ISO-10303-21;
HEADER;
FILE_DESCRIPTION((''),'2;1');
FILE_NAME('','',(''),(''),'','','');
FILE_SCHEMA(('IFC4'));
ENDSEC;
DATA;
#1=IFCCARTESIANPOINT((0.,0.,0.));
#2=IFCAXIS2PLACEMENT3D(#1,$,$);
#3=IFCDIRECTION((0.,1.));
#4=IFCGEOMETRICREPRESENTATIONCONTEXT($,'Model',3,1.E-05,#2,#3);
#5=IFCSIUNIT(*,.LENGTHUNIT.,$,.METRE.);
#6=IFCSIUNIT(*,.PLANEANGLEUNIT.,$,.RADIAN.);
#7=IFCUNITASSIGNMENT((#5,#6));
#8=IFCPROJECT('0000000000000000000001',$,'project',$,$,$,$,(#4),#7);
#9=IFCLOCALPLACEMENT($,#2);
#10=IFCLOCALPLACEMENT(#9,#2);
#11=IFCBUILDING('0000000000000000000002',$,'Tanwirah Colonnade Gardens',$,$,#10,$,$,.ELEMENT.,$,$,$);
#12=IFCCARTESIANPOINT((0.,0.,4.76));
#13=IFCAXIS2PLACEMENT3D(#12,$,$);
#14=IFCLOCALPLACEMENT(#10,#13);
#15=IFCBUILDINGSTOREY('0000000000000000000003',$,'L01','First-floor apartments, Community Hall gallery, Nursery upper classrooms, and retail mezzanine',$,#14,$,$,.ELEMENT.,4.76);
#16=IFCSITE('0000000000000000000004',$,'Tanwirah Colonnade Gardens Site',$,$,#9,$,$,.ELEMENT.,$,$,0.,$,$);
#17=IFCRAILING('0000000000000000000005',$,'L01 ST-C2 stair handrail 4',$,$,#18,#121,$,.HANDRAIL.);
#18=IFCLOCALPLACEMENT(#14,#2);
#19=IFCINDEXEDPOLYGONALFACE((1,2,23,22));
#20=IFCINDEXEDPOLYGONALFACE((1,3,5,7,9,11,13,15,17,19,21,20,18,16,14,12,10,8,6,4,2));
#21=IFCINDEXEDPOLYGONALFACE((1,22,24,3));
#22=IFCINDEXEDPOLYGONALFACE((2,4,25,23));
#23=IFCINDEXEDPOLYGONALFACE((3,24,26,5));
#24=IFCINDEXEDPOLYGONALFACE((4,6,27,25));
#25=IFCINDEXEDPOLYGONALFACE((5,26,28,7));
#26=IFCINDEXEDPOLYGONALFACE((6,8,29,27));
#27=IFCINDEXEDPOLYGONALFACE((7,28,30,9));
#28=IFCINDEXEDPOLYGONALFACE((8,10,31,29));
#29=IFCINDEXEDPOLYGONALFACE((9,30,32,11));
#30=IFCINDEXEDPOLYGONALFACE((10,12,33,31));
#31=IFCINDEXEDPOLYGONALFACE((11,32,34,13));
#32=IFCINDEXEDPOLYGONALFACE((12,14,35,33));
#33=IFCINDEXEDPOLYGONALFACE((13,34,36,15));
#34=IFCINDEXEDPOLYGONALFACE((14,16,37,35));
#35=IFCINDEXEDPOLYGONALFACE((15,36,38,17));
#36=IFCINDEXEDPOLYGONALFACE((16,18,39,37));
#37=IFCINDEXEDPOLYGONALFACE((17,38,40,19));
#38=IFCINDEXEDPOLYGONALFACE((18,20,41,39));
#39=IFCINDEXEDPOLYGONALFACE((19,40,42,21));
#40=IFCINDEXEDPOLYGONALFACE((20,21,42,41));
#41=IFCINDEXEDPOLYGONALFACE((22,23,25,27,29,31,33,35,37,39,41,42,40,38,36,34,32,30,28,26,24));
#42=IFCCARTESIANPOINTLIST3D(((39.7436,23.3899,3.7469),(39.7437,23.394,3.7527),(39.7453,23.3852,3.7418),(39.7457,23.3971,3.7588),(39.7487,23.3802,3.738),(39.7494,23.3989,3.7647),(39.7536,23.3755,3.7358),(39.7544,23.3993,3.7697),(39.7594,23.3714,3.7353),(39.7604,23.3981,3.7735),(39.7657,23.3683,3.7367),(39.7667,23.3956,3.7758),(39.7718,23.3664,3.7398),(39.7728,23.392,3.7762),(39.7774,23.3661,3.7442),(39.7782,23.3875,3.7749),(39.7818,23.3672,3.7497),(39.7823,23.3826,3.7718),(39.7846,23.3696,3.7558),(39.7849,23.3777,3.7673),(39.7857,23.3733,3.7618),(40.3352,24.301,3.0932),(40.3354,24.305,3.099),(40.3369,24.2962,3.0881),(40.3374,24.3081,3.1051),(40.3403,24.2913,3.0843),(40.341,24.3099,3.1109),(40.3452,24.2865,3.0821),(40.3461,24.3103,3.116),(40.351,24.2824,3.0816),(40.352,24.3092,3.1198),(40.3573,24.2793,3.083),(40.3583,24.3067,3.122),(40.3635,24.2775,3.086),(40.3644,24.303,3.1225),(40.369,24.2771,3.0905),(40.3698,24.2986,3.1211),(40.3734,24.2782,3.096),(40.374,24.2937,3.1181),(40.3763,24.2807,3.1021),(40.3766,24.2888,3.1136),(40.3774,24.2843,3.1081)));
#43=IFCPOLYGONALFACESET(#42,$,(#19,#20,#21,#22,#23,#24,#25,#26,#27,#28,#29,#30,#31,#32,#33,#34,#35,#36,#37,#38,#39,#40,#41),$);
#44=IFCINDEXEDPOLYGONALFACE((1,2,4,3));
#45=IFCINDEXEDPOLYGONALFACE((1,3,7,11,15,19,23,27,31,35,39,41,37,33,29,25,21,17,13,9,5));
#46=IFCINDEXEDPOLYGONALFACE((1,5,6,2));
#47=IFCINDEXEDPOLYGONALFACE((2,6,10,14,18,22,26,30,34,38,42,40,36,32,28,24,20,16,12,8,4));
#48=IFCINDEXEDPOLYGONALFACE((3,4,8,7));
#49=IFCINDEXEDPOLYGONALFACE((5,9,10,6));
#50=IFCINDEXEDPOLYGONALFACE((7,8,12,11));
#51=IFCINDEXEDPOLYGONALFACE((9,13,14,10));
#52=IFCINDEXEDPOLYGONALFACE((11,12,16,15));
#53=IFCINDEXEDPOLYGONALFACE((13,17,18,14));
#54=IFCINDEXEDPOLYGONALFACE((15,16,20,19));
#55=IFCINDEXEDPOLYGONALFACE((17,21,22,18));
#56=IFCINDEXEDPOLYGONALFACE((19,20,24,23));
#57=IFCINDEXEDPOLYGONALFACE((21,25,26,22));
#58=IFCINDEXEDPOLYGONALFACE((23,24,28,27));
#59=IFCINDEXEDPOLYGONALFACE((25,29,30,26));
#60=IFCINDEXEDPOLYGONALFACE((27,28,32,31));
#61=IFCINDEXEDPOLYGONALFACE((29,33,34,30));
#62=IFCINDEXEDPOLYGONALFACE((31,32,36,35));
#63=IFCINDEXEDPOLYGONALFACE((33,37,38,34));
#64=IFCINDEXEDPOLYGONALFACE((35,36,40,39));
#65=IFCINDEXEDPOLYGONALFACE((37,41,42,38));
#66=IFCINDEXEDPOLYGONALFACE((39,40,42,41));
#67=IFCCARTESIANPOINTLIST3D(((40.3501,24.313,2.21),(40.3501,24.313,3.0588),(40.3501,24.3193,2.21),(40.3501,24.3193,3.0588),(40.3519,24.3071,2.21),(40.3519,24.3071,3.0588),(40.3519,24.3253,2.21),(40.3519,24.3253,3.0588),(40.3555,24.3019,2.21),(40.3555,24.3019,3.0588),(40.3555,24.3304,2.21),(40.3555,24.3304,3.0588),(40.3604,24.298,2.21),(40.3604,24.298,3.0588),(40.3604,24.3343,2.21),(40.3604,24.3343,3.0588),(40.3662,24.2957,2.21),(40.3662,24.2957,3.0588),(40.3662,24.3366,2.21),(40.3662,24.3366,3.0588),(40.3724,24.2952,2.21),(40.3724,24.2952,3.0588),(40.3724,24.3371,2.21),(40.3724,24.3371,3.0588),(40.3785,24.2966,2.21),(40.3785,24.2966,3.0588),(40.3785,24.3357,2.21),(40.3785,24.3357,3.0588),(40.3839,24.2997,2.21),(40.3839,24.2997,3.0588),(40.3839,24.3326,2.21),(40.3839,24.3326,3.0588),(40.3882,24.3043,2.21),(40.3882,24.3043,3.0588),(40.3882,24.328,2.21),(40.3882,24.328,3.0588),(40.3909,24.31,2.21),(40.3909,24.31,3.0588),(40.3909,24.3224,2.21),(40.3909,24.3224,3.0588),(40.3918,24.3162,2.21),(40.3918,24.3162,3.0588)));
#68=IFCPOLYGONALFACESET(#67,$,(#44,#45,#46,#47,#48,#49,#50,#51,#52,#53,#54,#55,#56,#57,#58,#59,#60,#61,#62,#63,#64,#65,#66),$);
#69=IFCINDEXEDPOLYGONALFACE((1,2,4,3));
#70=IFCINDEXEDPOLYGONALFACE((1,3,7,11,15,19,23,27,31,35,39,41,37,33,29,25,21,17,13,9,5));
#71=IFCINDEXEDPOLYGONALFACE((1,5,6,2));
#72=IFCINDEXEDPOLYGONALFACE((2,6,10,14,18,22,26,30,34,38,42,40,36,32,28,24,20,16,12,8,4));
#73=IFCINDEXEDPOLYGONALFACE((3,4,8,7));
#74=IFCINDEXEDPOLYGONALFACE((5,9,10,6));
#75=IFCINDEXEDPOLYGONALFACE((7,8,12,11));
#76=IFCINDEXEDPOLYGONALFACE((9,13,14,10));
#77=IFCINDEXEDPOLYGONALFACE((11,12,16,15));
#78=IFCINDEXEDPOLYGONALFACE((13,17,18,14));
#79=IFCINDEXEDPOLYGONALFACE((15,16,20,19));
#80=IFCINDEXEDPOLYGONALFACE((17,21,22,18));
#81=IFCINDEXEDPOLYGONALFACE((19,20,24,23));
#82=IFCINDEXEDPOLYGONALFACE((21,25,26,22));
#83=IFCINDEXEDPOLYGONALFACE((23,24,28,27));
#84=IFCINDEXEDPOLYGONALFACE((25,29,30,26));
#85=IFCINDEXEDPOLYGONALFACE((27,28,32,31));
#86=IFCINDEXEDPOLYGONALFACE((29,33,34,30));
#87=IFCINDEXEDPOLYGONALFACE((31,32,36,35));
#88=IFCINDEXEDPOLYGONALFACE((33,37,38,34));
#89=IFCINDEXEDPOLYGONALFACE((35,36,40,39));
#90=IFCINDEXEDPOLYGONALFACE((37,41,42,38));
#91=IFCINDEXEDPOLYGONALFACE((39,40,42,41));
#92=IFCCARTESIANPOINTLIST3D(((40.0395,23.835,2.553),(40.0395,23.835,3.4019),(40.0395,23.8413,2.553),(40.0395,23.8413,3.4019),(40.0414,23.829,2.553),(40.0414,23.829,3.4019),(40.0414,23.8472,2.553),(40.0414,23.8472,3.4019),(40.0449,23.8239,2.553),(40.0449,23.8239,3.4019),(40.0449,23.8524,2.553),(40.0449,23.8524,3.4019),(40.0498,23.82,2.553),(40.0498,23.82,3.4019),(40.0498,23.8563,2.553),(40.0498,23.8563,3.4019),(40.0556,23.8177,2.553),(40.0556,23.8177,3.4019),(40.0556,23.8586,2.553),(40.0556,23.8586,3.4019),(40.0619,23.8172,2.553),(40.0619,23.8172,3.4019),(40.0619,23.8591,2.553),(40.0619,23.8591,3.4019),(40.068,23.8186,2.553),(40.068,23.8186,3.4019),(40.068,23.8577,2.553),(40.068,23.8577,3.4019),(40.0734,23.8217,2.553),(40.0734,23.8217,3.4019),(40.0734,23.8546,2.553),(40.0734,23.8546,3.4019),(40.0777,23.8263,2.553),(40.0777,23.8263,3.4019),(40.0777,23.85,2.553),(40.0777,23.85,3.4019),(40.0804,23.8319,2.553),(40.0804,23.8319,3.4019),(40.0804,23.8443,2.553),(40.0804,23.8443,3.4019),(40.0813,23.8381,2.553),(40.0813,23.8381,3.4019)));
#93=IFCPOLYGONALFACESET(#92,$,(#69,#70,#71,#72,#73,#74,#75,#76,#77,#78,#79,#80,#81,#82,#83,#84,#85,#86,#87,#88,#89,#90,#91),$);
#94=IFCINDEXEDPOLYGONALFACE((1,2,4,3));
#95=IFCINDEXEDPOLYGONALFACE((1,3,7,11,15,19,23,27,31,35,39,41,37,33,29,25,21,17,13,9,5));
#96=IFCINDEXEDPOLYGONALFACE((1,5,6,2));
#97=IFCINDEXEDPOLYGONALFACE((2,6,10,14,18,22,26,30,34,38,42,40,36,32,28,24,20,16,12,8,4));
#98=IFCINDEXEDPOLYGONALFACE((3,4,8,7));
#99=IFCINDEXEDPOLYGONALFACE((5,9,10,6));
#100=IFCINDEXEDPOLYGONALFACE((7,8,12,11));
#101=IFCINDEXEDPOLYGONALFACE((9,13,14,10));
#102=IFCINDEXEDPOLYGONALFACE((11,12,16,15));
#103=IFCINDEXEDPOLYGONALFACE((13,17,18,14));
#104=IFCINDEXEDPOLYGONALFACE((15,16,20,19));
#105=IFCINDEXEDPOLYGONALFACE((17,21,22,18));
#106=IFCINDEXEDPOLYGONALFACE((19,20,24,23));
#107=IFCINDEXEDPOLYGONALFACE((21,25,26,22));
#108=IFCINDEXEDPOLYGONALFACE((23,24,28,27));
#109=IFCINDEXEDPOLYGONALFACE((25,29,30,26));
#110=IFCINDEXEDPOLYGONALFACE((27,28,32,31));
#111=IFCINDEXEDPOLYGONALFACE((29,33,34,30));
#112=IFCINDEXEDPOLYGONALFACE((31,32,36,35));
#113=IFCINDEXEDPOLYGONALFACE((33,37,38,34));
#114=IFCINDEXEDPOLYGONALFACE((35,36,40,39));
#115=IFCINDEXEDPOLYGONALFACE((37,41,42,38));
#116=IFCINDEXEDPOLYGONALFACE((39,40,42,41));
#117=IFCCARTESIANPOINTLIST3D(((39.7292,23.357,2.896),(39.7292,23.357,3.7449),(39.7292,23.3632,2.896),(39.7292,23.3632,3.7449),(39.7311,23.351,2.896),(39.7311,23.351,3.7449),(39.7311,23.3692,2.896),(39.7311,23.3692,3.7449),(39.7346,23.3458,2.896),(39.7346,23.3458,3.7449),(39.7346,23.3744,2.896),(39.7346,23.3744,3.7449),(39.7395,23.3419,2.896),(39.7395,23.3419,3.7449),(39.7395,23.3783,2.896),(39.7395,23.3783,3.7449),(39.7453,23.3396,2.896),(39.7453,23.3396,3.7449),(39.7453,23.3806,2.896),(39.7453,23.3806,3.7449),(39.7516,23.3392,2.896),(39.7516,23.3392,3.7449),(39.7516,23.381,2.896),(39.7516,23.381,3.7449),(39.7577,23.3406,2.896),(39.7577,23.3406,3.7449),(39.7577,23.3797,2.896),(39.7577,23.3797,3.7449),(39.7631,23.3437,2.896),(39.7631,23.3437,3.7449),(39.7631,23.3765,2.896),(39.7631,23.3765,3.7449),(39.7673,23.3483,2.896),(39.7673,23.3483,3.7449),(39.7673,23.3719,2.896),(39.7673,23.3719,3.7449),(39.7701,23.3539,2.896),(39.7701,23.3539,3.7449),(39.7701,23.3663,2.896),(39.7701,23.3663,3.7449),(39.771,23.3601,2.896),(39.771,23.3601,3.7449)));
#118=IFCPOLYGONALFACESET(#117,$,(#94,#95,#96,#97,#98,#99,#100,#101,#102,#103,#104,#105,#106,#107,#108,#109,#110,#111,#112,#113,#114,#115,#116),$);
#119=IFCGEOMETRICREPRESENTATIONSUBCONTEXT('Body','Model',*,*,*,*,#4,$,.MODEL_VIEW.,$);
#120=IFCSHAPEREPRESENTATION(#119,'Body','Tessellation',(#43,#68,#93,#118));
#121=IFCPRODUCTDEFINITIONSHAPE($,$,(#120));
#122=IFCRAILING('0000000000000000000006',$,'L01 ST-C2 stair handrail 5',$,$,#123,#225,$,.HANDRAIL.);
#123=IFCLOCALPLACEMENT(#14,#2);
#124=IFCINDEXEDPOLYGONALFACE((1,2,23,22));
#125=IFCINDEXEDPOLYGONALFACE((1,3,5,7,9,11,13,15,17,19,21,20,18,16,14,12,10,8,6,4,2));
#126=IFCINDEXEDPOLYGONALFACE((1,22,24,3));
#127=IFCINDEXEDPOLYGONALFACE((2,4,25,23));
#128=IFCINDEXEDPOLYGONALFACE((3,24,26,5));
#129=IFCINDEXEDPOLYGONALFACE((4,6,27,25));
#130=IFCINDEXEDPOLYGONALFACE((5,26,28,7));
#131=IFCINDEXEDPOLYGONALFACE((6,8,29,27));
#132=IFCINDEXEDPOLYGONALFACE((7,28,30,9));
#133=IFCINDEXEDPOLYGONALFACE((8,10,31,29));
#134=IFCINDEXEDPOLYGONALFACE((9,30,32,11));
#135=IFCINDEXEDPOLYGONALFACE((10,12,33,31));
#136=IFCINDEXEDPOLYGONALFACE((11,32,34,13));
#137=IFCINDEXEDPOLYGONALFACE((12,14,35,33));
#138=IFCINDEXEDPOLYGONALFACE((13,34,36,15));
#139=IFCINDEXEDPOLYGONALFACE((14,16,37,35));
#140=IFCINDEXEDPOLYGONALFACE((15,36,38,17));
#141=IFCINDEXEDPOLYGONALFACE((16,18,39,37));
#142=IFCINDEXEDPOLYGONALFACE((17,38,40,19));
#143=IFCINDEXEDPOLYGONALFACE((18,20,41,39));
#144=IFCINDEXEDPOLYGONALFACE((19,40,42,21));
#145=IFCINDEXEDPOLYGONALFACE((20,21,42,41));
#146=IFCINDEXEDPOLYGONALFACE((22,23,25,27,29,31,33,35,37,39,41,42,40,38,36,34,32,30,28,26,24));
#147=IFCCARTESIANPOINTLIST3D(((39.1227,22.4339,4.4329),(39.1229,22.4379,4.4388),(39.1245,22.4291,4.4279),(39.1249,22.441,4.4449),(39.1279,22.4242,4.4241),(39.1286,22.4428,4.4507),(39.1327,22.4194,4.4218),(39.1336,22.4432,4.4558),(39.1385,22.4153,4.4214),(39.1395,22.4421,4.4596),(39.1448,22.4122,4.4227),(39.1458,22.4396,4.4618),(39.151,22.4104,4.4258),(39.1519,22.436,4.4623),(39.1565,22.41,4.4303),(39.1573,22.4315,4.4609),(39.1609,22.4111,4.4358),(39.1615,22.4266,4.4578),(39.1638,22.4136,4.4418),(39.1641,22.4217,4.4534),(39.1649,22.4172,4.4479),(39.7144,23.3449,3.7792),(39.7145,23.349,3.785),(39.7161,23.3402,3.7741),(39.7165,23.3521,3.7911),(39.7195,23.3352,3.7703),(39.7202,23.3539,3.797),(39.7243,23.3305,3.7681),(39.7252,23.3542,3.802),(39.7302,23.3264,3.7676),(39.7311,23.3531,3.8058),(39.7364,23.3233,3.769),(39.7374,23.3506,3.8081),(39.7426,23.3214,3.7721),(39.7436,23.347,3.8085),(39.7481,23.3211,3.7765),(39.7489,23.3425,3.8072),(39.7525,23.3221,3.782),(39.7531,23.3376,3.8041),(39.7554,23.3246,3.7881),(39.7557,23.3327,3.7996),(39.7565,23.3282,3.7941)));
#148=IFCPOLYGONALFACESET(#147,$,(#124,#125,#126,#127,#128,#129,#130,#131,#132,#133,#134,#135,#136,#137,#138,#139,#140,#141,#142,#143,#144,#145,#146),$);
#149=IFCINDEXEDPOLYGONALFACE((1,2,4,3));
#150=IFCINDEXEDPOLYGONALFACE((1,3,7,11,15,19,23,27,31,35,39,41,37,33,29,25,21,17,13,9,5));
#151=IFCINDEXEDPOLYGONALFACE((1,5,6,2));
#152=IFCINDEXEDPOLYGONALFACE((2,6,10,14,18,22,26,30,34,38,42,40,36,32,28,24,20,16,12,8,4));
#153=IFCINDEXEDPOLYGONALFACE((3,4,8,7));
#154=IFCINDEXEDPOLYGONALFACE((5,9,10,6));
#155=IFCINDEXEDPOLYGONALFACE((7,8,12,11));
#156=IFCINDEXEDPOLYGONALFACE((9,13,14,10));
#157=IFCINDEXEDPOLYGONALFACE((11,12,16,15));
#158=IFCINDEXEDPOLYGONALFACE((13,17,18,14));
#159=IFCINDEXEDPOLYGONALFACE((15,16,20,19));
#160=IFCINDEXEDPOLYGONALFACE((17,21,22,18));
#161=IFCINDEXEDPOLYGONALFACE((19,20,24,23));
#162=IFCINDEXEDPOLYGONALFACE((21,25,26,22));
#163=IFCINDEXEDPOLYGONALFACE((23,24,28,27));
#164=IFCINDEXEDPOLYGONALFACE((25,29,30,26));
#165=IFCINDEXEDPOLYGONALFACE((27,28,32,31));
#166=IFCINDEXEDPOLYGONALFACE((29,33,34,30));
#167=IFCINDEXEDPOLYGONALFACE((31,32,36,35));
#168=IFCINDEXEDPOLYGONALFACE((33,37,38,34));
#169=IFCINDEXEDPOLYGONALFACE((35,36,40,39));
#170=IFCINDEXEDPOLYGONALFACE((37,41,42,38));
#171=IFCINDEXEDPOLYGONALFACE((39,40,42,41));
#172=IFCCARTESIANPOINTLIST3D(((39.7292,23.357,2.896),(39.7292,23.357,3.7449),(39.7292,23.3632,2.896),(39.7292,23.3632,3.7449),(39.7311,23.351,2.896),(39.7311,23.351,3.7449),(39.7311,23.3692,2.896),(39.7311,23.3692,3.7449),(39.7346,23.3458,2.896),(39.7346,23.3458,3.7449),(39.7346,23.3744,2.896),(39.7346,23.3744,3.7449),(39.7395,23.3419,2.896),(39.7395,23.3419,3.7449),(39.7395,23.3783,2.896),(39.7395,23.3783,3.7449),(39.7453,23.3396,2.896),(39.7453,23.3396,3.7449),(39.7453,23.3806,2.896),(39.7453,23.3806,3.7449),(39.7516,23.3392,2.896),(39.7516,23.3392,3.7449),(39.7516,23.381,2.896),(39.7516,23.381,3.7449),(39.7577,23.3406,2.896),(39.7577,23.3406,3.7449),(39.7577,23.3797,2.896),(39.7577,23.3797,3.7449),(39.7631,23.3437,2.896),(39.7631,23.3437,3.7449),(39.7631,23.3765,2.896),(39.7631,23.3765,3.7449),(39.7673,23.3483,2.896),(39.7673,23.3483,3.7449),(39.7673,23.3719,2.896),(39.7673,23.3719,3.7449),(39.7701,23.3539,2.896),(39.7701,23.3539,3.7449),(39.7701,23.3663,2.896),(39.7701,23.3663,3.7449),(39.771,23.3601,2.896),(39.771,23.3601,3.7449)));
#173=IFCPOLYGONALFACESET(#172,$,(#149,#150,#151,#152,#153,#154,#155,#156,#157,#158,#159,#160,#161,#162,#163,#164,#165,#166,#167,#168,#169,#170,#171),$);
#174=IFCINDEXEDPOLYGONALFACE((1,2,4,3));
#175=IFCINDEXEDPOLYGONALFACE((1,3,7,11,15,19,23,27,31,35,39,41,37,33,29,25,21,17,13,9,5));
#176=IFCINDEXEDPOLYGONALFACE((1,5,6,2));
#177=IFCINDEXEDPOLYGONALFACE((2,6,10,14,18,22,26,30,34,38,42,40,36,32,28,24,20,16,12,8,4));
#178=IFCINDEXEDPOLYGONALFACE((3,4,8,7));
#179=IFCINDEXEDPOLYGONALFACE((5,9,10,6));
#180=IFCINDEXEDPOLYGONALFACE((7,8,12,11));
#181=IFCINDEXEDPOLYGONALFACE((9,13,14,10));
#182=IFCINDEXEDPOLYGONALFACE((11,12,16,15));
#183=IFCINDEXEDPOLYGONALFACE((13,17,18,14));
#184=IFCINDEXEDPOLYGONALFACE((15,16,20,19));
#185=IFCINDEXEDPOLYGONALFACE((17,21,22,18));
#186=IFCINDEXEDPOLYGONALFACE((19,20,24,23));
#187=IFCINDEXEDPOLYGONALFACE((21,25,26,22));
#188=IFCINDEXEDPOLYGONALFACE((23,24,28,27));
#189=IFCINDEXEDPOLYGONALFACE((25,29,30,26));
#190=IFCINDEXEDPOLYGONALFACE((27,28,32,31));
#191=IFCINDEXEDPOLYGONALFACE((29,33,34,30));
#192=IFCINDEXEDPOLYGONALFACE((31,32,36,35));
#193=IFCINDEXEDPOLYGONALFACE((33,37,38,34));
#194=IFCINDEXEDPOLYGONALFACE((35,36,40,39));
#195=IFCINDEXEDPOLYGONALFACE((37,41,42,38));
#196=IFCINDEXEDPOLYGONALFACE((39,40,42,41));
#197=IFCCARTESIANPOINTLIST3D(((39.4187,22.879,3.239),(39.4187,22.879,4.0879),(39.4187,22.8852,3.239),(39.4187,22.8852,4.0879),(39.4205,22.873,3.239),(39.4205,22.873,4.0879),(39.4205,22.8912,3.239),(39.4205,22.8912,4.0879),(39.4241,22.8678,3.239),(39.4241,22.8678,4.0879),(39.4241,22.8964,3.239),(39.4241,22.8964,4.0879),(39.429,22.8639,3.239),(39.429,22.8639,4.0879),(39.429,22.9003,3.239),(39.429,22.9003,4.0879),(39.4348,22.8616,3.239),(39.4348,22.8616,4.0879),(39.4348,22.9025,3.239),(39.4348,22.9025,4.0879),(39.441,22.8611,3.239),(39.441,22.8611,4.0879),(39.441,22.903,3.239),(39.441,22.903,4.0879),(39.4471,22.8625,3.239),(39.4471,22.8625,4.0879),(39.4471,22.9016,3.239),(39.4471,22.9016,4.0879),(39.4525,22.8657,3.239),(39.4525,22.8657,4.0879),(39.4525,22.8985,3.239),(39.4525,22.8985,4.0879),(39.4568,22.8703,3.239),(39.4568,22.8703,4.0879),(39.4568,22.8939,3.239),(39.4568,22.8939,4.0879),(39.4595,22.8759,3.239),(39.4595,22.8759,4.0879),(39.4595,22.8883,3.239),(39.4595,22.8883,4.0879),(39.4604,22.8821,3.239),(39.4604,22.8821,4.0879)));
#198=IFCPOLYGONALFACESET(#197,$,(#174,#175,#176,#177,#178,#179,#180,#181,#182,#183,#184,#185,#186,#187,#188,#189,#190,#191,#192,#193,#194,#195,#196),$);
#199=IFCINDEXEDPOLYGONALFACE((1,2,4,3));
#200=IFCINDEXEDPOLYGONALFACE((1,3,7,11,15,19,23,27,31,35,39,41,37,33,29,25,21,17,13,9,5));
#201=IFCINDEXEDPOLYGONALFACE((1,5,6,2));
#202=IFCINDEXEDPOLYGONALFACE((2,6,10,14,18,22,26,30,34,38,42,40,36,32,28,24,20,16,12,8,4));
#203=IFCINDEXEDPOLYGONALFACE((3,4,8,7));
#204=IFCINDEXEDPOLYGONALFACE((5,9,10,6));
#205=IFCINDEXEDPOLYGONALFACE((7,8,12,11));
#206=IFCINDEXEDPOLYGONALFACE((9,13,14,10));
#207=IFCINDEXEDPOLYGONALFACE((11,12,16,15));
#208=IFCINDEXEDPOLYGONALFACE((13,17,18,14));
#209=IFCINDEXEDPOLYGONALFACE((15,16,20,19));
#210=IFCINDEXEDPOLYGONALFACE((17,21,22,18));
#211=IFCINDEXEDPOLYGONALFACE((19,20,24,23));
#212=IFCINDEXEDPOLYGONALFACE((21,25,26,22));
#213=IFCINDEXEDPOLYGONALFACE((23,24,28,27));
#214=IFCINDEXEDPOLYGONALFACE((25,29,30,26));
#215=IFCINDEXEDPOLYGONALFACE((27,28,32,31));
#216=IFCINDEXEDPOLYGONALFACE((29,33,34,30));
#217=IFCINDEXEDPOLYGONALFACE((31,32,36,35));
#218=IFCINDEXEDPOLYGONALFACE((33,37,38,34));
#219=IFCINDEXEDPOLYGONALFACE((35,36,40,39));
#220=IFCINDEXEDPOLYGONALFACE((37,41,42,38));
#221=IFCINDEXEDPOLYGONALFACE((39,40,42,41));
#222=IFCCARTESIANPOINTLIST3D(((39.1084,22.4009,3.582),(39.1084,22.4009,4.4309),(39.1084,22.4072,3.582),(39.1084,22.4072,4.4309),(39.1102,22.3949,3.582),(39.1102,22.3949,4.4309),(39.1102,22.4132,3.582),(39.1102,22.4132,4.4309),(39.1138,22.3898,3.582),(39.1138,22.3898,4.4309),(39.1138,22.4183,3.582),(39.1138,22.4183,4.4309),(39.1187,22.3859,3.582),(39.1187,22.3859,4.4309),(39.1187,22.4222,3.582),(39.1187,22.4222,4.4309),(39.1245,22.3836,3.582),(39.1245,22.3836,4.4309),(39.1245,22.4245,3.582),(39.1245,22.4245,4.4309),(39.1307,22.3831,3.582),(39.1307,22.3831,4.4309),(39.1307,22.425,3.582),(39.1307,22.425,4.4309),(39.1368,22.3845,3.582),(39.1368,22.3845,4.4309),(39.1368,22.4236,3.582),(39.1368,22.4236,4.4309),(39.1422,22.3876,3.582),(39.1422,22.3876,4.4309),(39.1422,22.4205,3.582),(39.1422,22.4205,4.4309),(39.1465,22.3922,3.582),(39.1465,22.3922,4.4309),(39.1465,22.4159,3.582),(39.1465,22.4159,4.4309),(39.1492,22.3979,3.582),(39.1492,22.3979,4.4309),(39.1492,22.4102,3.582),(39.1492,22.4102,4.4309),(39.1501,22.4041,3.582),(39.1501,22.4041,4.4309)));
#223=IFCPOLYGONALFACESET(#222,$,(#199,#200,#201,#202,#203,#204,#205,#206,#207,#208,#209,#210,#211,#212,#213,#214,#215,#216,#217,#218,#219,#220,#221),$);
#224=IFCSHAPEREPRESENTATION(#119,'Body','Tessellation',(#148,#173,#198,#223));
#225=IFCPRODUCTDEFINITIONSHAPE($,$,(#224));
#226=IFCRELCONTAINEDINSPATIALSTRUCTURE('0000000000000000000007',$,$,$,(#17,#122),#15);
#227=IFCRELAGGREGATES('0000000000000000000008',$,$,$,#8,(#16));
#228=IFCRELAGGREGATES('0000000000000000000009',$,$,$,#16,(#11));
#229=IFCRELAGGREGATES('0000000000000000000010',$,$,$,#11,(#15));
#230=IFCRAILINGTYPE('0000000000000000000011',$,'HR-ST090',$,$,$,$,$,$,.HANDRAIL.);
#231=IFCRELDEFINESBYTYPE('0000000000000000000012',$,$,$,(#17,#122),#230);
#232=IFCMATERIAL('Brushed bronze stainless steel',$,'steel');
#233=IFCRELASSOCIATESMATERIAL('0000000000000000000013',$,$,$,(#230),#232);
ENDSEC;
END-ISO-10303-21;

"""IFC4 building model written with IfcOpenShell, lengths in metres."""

from ifc_helpers import new_model, si_unit, direction, frame, origin, origin_2d, place, context, subcontext, project, spatial, circle, extrude, material, type_object, element, save


model = new_model("IFC4")

# Units and contexts
model_context = context("Model", 3, precision=1e-05, world=origin(), true_north=direction((0.0, 1.0)))
body_context = subcontext(model_context, "Body", "Model", "MODEL_VIEW")
ifc_project = project(units=[si_unit("LENGTHUNIT", "METRE"), si_unit("PLANEANGLEUNIT", "RADIAN")], contexts=[model_context])

# Site, building, storey
site_placement = place(None, origin())
site = spatial("IfcSite", under=ifc_project, at=site_placement, Name="Tanwirah Colonnade Gardens Site", CompositionType="ELEMENT", RefElevation=0.0)
building_placement = place(site_placement, origin())
building = spatial("IfcBuilding", under=site, at=building_placement, Name="Tanwirah Colonnade Gardens", CompositionType="ELEMENT")
storey_placement = place(building_placement, frame((0.0, 0.0, 4.76)))
storey = spatial("IfcBuildingStorey", under=building, at=storey_placement, Name="L01", Description="First-floor apartments, Community Hall gallery, Nursery upper classrooms, and retail mezzanine", CompositionType="ELEMENT", Elevation=4.76)

# Railings
ifc_material_1 = material(Name="Brushed bronze stainless steel", Category="steel")
railing_type_1 = type_object("IfcRailingType", Name="HR-ST090", PredefinedType="HANDRAIL", material=ifc_material_1)
for number, where, name in (
    (1, (40.3708, 24.3162, 2.21), "L01 ST-C2 stair handrail 4"),
    (2, (39.75, 23.3601, 2.896), "L01 ST-C2 stair handrail 5"),
):
    element("IfcRailing", number, at=place(storey_placement, frame(where)), inside=storey, type_object=railing_type_1, Name=name, PredefinedType="HANDRAIL", context=body_context, shape_type="SweptSolid", body=[
        extrude(circle(Radius=0.0239, at=origin_2d()), frame((-0.0146, -0.0225, 0.8921), z_axis=(-0.466641, -0.718586, 0.515635), x_axis=(0.838678, -0.544627, 0.0)), (0.0, 0.0, 1.0), 1.2678),
        extrude(circle(Radius=0.021, at=origin_2d()), origin(), (0.0, 0.0, 1.0), 0.8489),
        extrude(circle(Radius=0.021, at=origin_2d()), frame((-0.3105, -0.478, 0.343)), (0.0, 0.0, 1.0), 0.8489),
        extrude(circle(Radius=0.021, at=origin_2d()), frame((-0.6208, -0.9561, 0.686)), (0.0, 0.0, 1.0), 0.8489),
    ])

save(model, "model.ifc")
